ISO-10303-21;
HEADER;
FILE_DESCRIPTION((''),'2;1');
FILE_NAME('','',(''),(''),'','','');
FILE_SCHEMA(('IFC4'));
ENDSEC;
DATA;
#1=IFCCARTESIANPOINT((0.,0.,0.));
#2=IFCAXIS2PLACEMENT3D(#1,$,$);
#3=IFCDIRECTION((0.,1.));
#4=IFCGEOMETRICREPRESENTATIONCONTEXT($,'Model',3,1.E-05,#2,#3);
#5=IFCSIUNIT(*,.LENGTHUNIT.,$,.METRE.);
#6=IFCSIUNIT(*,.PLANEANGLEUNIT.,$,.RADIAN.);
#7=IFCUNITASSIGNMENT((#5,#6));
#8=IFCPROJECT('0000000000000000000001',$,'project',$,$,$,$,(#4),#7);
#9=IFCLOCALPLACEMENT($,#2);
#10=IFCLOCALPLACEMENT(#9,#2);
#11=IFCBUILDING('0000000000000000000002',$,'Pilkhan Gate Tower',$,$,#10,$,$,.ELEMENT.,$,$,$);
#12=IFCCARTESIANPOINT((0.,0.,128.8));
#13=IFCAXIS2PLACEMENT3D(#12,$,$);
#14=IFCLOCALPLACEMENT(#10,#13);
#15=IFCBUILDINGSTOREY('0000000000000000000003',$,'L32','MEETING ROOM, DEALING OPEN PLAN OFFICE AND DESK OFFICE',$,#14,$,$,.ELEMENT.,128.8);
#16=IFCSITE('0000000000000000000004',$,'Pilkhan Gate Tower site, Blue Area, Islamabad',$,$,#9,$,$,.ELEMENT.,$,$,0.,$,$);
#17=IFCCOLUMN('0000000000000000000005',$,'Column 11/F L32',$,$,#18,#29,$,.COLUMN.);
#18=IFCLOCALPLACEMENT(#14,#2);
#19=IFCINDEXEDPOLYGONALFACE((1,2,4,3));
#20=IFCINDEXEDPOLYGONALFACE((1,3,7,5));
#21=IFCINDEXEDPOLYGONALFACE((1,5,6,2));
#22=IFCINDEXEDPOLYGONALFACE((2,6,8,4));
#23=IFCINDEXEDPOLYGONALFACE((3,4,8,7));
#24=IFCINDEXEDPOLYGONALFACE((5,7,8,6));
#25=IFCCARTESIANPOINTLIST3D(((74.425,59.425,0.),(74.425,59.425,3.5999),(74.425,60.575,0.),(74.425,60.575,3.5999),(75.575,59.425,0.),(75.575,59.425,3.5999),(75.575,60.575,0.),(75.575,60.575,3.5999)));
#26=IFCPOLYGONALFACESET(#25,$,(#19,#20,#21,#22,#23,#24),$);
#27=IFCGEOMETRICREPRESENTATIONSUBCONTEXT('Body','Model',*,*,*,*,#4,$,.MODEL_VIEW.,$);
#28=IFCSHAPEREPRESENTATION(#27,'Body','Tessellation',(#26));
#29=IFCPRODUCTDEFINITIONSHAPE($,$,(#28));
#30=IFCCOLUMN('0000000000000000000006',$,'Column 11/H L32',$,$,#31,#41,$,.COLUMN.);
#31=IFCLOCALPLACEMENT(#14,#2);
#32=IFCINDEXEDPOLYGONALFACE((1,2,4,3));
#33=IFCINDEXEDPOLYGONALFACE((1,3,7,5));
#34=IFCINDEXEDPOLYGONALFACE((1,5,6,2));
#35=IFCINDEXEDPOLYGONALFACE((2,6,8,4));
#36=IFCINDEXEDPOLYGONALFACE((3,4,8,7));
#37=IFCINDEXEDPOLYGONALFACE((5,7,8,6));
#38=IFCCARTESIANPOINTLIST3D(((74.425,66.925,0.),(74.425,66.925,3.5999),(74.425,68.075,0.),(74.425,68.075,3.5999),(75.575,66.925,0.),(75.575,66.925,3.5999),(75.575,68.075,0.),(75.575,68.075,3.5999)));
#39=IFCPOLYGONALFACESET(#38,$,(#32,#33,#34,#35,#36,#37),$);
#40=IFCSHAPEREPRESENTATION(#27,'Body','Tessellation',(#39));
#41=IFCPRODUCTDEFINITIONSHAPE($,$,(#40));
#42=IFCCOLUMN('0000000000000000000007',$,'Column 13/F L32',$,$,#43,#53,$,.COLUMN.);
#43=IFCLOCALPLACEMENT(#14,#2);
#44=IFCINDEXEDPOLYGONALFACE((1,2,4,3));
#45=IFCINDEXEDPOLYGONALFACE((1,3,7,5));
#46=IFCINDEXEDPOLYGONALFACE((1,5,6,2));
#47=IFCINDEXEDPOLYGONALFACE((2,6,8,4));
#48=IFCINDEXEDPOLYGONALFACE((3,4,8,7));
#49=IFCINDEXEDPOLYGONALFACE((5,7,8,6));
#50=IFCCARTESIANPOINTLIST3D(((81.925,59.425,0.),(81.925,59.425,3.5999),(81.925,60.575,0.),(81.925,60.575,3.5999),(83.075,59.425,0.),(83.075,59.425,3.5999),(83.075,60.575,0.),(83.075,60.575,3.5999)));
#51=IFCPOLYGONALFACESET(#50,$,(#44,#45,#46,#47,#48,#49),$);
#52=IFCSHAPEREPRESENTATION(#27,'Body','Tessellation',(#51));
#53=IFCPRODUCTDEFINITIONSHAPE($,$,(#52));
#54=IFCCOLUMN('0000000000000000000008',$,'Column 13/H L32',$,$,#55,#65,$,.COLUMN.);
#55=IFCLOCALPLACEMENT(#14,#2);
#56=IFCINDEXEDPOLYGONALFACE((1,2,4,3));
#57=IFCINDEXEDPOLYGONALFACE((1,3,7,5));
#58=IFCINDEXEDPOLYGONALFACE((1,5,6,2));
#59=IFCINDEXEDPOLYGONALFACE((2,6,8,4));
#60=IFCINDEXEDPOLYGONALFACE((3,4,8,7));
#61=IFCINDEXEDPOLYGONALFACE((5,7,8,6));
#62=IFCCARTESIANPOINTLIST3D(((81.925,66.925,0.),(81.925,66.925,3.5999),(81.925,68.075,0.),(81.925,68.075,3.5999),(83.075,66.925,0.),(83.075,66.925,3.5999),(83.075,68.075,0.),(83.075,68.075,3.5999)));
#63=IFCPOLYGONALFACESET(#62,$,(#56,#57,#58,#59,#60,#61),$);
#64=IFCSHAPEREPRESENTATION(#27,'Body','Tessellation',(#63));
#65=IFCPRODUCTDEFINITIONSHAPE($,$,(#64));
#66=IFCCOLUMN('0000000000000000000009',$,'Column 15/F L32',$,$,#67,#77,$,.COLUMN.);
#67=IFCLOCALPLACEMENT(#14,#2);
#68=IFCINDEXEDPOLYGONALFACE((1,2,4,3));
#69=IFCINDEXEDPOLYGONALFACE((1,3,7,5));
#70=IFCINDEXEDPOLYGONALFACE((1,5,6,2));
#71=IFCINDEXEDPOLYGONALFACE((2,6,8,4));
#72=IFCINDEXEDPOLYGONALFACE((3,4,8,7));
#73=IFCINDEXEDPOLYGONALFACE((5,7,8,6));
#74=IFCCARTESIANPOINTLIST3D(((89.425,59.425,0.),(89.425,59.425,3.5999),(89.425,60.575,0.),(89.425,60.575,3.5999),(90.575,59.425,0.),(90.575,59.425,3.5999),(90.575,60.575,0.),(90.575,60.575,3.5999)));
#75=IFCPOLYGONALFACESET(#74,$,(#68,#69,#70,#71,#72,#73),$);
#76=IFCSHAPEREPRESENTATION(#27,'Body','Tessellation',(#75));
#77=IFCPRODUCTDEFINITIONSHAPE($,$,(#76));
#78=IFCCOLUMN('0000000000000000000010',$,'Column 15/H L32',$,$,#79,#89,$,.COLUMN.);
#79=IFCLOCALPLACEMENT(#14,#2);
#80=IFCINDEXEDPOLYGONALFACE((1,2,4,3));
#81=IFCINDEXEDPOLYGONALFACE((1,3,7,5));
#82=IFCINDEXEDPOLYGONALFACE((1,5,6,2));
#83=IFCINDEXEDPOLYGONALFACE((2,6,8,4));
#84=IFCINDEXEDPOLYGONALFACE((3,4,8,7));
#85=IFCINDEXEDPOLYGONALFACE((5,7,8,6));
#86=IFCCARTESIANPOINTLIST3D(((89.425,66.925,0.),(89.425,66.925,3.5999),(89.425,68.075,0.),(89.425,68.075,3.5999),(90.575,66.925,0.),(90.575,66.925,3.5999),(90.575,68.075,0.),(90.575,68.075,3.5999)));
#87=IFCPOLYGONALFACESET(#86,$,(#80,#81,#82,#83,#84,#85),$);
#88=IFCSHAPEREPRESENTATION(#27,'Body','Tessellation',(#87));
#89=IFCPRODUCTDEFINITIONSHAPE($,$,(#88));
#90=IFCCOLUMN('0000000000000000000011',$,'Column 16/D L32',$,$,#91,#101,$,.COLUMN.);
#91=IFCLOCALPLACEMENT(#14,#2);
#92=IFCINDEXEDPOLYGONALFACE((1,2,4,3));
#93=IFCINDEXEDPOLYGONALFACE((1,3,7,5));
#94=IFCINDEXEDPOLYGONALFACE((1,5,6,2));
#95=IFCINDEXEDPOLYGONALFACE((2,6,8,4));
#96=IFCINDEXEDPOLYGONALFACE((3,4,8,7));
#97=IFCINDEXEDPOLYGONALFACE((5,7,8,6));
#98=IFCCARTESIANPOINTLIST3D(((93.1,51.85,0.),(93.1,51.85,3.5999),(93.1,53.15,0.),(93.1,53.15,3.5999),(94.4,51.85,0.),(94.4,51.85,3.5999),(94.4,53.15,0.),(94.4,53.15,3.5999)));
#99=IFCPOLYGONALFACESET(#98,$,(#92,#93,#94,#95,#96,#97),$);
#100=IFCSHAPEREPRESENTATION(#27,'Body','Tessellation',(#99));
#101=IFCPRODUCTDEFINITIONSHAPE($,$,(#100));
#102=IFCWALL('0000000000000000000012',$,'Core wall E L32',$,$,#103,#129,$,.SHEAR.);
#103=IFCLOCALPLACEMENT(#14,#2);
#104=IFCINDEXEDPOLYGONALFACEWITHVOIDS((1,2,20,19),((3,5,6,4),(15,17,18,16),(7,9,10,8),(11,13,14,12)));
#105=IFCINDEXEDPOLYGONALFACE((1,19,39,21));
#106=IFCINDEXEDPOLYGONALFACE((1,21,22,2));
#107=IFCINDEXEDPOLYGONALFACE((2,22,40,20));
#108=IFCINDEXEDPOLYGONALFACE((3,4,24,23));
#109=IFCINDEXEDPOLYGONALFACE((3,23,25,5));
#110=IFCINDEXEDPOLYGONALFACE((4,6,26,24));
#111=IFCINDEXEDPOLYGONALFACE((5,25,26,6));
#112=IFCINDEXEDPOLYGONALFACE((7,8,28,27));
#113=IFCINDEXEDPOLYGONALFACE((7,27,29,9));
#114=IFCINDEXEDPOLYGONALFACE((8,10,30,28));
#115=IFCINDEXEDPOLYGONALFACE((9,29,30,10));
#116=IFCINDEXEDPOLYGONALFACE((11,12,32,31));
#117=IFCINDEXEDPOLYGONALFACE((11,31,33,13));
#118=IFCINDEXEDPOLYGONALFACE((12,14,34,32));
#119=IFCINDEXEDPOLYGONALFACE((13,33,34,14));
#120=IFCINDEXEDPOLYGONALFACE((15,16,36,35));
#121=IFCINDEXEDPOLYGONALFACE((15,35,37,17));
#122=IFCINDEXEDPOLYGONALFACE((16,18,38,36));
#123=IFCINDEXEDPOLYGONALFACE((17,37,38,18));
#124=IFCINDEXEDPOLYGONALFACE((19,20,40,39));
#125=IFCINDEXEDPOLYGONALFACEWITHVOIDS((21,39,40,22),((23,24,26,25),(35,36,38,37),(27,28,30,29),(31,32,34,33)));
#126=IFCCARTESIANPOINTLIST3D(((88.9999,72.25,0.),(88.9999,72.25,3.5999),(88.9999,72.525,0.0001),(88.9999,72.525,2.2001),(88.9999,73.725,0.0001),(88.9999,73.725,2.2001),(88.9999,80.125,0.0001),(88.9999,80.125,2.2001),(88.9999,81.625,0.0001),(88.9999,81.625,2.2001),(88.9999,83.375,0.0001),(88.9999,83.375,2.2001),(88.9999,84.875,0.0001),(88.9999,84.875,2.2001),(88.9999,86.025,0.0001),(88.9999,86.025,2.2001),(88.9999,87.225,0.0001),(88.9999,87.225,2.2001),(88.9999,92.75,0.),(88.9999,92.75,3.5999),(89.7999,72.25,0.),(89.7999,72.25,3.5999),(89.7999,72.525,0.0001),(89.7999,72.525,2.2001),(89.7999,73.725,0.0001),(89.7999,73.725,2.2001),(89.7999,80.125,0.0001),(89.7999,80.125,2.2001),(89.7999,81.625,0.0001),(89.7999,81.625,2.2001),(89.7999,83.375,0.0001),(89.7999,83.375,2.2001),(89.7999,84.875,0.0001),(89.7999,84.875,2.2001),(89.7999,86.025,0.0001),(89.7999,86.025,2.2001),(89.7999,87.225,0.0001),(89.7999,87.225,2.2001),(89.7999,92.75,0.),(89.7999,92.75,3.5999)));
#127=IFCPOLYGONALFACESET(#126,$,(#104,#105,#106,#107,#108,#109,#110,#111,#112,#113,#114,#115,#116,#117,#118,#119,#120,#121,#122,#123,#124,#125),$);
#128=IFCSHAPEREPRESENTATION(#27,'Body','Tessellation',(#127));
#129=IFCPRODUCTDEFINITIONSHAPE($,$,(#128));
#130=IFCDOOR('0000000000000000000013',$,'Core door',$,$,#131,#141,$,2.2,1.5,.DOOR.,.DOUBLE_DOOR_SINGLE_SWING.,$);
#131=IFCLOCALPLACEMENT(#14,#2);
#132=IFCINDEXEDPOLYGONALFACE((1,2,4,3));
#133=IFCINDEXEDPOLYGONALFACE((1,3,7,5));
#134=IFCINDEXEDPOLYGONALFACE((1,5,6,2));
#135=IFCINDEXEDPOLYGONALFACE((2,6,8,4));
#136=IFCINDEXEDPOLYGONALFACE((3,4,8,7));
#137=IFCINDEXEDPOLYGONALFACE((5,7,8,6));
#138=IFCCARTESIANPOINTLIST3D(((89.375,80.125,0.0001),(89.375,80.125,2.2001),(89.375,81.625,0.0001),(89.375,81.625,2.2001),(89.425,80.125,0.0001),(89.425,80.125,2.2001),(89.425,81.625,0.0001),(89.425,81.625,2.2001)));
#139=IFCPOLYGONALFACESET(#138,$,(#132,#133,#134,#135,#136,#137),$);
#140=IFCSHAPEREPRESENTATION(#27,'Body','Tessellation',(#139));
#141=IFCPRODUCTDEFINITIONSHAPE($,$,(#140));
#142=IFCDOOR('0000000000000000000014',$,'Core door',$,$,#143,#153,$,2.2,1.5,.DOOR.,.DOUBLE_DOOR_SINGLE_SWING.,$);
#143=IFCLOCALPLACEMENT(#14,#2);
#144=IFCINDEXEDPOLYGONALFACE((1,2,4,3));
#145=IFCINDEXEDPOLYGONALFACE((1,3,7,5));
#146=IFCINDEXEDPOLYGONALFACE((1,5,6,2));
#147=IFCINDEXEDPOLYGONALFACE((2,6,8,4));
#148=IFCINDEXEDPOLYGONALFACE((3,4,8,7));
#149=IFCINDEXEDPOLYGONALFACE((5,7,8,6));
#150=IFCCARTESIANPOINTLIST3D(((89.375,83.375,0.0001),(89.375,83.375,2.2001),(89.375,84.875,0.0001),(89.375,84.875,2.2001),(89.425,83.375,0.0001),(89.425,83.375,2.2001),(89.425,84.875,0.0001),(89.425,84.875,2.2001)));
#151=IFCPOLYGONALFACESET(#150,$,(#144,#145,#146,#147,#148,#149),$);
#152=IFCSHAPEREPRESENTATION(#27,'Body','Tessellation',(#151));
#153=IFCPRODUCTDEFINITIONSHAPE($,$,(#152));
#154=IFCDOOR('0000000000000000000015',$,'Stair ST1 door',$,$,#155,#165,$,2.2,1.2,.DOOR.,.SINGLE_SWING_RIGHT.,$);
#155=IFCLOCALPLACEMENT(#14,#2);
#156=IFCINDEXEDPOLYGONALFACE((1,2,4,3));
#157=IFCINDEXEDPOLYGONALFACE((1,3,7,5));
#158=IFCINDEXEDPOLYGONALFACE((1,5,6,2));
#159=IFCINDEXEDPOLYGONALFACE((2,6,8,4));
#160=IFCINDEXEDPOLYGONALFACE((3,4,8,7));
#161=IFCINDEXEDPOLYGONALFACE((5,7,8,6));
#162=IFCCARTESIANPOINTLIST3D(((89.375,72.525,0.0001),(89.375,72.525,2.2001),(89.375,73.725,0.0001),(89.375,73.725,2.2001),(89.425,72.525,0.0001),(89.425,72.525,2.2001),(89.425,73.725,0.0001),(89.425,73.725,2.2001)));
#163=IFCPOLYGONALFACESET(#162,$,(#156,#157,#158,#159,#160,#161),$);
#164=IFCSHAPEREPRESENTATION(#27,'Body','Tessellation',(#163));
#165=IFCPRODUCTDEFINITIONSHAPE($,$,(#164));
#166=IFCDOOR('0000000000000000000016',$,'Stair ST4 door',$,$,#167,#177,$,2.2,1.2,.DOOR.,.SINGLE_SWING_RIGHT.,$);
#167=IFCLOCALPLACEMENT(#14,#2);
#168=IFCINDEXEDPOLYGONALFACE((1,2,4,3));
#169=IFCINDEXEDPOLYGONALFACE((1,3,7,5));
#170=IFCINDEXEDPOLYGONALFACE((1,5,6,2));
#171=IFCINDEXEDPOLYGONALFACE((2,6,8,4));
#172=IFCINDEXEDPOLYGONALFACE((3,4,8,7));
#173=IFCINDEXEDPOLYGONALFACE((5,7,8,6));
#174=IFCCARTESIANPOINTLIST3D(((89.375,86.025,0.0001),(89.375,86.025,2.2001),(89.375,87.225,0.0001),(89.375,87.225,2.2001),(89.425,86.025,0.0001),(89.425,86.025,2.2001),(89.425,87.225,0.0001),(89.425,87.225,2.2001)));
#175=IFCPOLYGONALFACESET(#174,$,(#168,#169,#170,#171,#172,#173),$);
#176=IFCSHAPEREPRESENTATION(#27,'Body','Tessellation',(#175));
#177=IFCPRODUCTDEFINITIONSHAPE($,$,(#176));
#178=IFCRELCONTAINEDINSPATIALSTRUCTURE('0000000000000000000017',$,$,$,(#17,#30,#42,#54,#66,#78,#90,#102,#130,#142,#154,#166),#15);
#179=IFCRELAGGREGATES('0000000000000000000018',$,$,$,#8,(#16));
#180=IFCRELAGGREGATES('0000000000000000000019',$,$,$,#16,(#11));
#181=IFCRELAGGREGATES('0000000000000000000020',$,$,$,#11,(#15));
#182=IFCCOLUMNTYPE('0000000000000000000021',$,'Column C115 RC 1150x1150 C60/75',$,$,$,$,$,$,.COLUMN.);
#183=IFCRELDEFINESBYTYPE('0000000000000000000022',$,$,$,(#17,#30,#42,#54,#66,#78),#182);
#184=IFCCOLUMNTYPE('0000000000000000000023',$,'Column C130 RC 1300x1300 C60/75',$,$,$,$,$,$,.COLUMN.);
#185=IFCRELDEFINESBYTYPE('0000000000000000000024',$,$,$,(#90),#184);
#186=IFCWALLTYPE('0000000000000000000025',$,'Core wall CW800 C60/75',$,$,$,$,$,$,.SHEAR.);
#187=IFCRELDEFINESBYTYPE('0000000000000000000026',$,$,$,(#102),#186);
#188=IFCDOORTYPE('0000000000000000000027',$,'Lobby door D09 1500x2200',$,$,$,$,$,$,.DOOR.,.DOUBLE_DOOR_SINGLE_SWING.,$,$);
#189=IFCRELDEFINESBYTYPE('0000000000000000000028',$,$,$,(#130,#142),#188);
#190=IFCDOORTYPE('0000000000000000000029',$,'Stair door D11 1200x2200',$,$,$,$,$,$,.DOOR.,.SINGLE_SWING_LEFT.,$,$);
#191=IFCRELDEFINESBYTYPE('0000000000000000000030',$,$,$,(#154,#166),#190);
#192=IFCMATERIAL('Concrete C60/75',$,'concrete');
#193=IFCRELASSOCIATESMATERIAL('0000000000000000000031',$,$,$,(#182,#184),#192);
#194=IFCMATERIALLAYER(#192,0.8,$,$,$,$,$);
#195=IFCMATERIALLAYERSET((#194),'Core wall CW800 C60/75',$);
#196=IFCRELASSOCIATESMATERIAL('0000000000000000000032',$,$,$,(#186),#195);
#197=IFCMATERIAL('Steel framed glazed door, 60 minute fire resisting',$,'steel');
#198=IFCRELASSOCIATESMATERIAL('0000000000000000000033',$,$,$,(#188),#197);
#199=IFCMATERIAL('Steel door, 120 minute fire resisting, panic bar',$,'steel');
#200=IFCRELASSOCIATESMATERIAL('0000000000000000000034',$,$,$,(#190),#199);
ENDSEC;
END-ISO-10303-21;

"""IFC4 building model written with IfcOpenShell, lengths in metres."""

from ifc_helpers import new_model, si_unit, direction, frame, frame_2d, origin, origin_2d, place, context, subcontext, project, spatial, rectangle, extrude, material, layer, layer_set, material_profile, profile_set, type_object, element, fill, save


model = new_model("IFC4")

# Units and contexts
model_context = context("Model", 3, precision=1e-05, world=origin(), true_north=direction((0.0, 1.0)))
body_context = subcontext(model_context, "Body", "Model", "MODEL_VIEW")
ifc_project = project(units=[si_unit("LENGTHUNIT", "METRE"), si_unit("PLANEANGLEUNIT", "RADIAN")], contexts=[model_context])

# Site, building, storey
site_placement = place(None, origin())
site = spatial("IfcSite", under=ifc_project, at=site_placement, Name="Pilkhan Gate Tower site, Blue Area, Islamabad", CompositionType="ELEMENT", RefElevation=0.0)
building_placement = place(site_placement, origin())
building = spatial("IfcBuilding", under=site, at=building_placement, Name="Pilkhan Gate Tower", CompositionType="ELEMENT")
storey_placement = place(building_placement, frame((0.0, 0.0, 128.8)))
storey = spatial("IfcBuildingStorey", under=building, at=storey_placement, Name="L32", Description="MEETING ROOM, DEALING OPEN PLAN OFFICE AND DESK OFFICE", CompositionType="ELEMENT", Elevation=128.8)

# Columns
ifc_material_1 = material(Name="Concrete C60/75", Category="concrete")
ifc_material_profile_1 = material_profile(ifc_material_1, rectangle(XDim=1.1499, YDim=1.1499, at=origin_2d()), Name="RC 1150x1150")
ifc_profile_set_1 = profile_set([ifc_material_profile_1], Name="Concrete C60/75")
column_type_1 = type_object("IfcColumnType", Name="Column C115 RC 1150x1150 C60/75", PredefinedType="COLUMN", material=ifc_profile_set_1)
for number, where, z_axis, x_axis, name in (
    (1, (75.0, 60.0, 0.0), (0.0, 0.0, 1.0), (1.0, 0.0, 0.0), "Column 11/F L32"),
    (2, (75.0, 67.5, 0.0), (0.0, 0.0, 1.0), (1.0, 0.0, 0.0), "Column 11/H L32"),
    (3, (82.5, 60.0, 0.0), (0.0, 0.0, 1.0), (1.0, 0.0, 0.0), "Column 13/F L32"),
    (4, (82.5, 67.5, 0.0), (0.0, 0.0, 1.0), (1.0, 0.0, 0.0), "Column 13/H L32"),
    (5, (90.0, 60.0, 0.0), (0.0, 0.0, 1.0), (1.0, 0.0, 0.0), "Column 15/F L32"),
    (6, (90.0, 67.5, 0.0), (0.0, 0.0, 1.0), (1.0, 0.0, 0.0), "Column 15/H L32"),
):
    element("IfcColumn", number, at=place(storey_placement, frame(where, z_axis=z_axis, x_axis=x_axis)), inside=storey, type_object=column_type_1, Name=name, PredefinedType="COLUMN", context=body_context, shape_type="SweptSolid", body=[
        extrude(rectangle(XDim=1.1499, YDim=1.1499, at=origin_2d()), origin(), (0.0, 0.0, 1.0), 3.5999),
    ])
ifc_material_profile_2 = material_profile(ifc_material_1, rectangle(XDim=1.3, YDim=1.3, at=origin_2d()), Name="RC 1300x1300")
ifc_profile_set_2 = profile_set([ifc_material_profile_2], Name="Concrete C60/75")
column_type_2 = type_object("IfcColumnType", Name="Column C130 RC 1300x1300 C60/75", PredefinedType="COLUMN", material=ifc_profile_set_2)
column_placement = place(storey_placement, frame((93.75, 52.5, 0.0), z_axis=(0.0, 0.0, 1.0), x_axis=(1.0, 0.0, 0.0)))
element("IfcColumn", 7, at=column_placement, inside=storey, type_object=column_type_2, Name="Column 16/D L32", PredefinedType="COLUMN", context=body_context, shape_type="SweptSolid", body=[
    extrude(rectangle(XDim=1.3, YDim=1.3, at=origin_2d()), origin(), (0.0, 0.0, 1.0), 3.5999),
])

# Wall, openings, doors
ifc_layer_1 = layer(ifc_material_1, 0.8)
ifc_layer_set_1 = layer_set([ifc_layer_1], Name="Core wall CW800 C60/75")
wall_type_1 = type_object("IfcWallType", Name="Core wall CW800 C60/75", PredefinedType="SHEAR", material=ifc_layer_set_1)
wall_1_placement = place(storey_placement, frame((89.3999, 72.25, 0.0), z_axis=(0.0, 0.0, 1.0), x_axis=(0.0, 1.0, 0.0)))
wall_1 = element("IfcWall", 8, at=wall_1_placement, inside=storey, type_object=wall_type_1, Name="Core wall E L32", PredefinedType="SHEAR", context=body_context, shape_type="SweptSolid", body=[
    extrude(rectangle(XDim=20.5, YDim=0.8, at=frame_2d((10.25, 0.0))), origin(), (0.0, 0.0, 1.0), 3.5999),
])
opening_1_placement = place(wall_1_placement, frame((0.2749, 0.0, 0.0)))
opening_1 = element("IfcOpeningElement", 9, at=opening_1_placement, cuts=wall_1, PredefinedType="OPENING", context=body_context, shape_type="SweptSolid", body=[
    extrude(rectangle(XDim=1.2, YDim=2.2, at=frame_2d((0.6001, 1.1001))), frame((0.0, 0.4099, 0.0), z_axis=(0.0, -1.0, 0.0), x_axis=(1.0, 0.0, 0.0)), (0.0, 0.0, 1.0), 0.8201),
])
opening_2_placement = place(wall_1_placement, frame((13.7749, 0.0, 0.0)))
opening_2 = element("IfcOpeningElement", 10, at=opening_2_placement, cuts=wall_1, PredefinedType="OPENING", context=body_context, shape_type="SweptSolid", body=[
    extrude(rectangle(XDim=1.2, YDim=2.2, at=frame_2d((0.6001, 1.1001))), frame((0.0, 0.4099, 0.0), z_axis=(0.0, -1.0, 0.0), x_axis=(1.0, 0.0, 0.0)), (0.0, 0.0, 1.0), 0.8201),
])
opening_3_placement = place(wall_1_placement, frame((7.875, 0.0, 0.0)))
opening_3 = element("IfcOpeningElement", 11, at=opening_3_placement, cuts=wall_1, PredefinedType="OPENING", context=body_context, shape_type="SweptSolid", body=[
    extrude(rectangle(XDim=1.5, YDim=2.2, at=frame_2d((0.75, 1.1001))), frame((0.0, 0.4099, 0.0), z_axis=(0.0, -1.0, 0.0), x_axis=(1.0, 0.0, 0.0)), (0.0, 0.0, 1.0), 0.8201),
])
opening_4_placement = place(wall_1_placement, frame((11.125, 0.0, 0.0)))
opening_4 = element("IfcOpeningElement", 12, at=opening_4_placement, cuts=wall_1, PredefinedType="OPENING", context=body_context, shape_type="SweptSolid", body=[
    extrude(rectangle(XDim=1.5, YDim=2.2, at=frame_2d((0.75, 1.1001))), frame((0.0, 0.4099, 0.0), z_axis=(0.0, -1.0, 0.0), x_axis=(1.0, 0.0, 0.0)), (0.0, 0.0, 1.0), 0.8201),
])
ifc_material_2 = material(Name="Steel framed glazed door, 60 minute fire resisting", Category="steel")
door_type_1 = type_object("IfcDoorType", Name="Lobby door D09 1500x2200", OperationType="DOUBLE_DOOR_SINGLE_SWING", PredefinedType="DOOR", material=ifc_material_2)
door_1_placement = place(opening_3_placement, origin())
door_1 = element("IfcDoor", 13, at=door_1_placement, inside=storey, type_object=door_type_1, Name="Core door", OperationType="DOUBLE_DOOR_SINGLE_SWING", OverallHeight=2.2, OverallWidth=1.5, PredefinedType="DOOR", context=body_context, shape_type="SweptSolid", body=[
    extrude(rectangle(XDim=1.5, YDim=2.2, at=frame_2d((0.75, 1.1001))), frame((0.0, 0.0249, 0.0), z_axis=(0.0, -1.0, 0.0), x_axis=(1.0, 0.0, 0.0)), (0.0, 0.0, 1.0), 0.05),
])
fill(opening_3, door_1)
door_2_placement = place(opening_4_placement, origin())
door_2 = element("IfcDoor", 14, at=door_2_placement, inside=storey, type_object=door_type_1, Name="Core door", OperationType="DOUBLE_DOOR_SINGLE_SWING", OverallHeight=2.2, OverallWidth=1.5, PredefinedType="DOOR", context=body_context, shape_type="SweptSolid", body=[
    extrude(rectangle(XDim=1.5, YDim=2.2, at=frame_2d((0.75, 1.1001))), frame((0.0, 0.0249, 0.0), z_axis=(0.0, -1.0, 0.0), x_axis=(1.0, 0.0, 0.0)), (0.0, 0.0, 1.0), 0.05),
])
fill(opening_4, door_2)
ifc_material_3 = material(Name="Steel door, 120 minute fire resisting, panic bar", Category="steel")
door_type_2 = type_object("IfcDoorType", Name="Stair door D11 1200x2200", OperationType="SINGLE_SWING_LEFT", PredefinedType="DOOR", material=ifc_material_3)
door_3_placement = place(opening_1_placement, origin())
door_3 = element("IfcDoor", 15, at=door_3_placement, inside=storey, type_object=door_type_2, Name="Stair ST1 door", OperationType="SINGLE_SWING_RIGHT", OverallHeight=2.2, OverallWidth=1.2, PredefinedType="DOOR", context=body_context, shape_type="SweptSolid", body=[
    extrude(rectangle(XDim=1.2, YDim=2.2, at=frame_2d((0.6001, 1.1001))), frame((0.0, 0.0249, 0.0), z_axis=(0.0, -1.0, 0.0), x_axis=(1.0, 0.0, 0.0)), (0.0, 0.0, 1.0), 0.05),
])
fill(opening_1, door_3)
door_4_placement = place(opening_2_placement, origin())
door_4 = element("IfcDoor", 16, at=door_4_placement, inside=storey, type_object=door_type_2, Name="Stair ST4 door", OperationType="SINGLE_SWING_RIGHT", OverallHeight=2.2, OverallWidth=1.2, PredefinedType="DOOR", context=body_context, shape_type="SweptSolid", body=[
    extrude(rectangle(XDim=1.2, YDim=2.2, at=frame_2d((0.6001, 1.1001))), frame((0.0, 0.0249, 0.0), z_axis=(0.0, -1.0, 0.0), x_axis=(1.0, 0.0, 0.0)), (0.0, 0.0, 1.0), 0.05),
])
fill(opening_2, door_4)

save(model, "model.ifc")
